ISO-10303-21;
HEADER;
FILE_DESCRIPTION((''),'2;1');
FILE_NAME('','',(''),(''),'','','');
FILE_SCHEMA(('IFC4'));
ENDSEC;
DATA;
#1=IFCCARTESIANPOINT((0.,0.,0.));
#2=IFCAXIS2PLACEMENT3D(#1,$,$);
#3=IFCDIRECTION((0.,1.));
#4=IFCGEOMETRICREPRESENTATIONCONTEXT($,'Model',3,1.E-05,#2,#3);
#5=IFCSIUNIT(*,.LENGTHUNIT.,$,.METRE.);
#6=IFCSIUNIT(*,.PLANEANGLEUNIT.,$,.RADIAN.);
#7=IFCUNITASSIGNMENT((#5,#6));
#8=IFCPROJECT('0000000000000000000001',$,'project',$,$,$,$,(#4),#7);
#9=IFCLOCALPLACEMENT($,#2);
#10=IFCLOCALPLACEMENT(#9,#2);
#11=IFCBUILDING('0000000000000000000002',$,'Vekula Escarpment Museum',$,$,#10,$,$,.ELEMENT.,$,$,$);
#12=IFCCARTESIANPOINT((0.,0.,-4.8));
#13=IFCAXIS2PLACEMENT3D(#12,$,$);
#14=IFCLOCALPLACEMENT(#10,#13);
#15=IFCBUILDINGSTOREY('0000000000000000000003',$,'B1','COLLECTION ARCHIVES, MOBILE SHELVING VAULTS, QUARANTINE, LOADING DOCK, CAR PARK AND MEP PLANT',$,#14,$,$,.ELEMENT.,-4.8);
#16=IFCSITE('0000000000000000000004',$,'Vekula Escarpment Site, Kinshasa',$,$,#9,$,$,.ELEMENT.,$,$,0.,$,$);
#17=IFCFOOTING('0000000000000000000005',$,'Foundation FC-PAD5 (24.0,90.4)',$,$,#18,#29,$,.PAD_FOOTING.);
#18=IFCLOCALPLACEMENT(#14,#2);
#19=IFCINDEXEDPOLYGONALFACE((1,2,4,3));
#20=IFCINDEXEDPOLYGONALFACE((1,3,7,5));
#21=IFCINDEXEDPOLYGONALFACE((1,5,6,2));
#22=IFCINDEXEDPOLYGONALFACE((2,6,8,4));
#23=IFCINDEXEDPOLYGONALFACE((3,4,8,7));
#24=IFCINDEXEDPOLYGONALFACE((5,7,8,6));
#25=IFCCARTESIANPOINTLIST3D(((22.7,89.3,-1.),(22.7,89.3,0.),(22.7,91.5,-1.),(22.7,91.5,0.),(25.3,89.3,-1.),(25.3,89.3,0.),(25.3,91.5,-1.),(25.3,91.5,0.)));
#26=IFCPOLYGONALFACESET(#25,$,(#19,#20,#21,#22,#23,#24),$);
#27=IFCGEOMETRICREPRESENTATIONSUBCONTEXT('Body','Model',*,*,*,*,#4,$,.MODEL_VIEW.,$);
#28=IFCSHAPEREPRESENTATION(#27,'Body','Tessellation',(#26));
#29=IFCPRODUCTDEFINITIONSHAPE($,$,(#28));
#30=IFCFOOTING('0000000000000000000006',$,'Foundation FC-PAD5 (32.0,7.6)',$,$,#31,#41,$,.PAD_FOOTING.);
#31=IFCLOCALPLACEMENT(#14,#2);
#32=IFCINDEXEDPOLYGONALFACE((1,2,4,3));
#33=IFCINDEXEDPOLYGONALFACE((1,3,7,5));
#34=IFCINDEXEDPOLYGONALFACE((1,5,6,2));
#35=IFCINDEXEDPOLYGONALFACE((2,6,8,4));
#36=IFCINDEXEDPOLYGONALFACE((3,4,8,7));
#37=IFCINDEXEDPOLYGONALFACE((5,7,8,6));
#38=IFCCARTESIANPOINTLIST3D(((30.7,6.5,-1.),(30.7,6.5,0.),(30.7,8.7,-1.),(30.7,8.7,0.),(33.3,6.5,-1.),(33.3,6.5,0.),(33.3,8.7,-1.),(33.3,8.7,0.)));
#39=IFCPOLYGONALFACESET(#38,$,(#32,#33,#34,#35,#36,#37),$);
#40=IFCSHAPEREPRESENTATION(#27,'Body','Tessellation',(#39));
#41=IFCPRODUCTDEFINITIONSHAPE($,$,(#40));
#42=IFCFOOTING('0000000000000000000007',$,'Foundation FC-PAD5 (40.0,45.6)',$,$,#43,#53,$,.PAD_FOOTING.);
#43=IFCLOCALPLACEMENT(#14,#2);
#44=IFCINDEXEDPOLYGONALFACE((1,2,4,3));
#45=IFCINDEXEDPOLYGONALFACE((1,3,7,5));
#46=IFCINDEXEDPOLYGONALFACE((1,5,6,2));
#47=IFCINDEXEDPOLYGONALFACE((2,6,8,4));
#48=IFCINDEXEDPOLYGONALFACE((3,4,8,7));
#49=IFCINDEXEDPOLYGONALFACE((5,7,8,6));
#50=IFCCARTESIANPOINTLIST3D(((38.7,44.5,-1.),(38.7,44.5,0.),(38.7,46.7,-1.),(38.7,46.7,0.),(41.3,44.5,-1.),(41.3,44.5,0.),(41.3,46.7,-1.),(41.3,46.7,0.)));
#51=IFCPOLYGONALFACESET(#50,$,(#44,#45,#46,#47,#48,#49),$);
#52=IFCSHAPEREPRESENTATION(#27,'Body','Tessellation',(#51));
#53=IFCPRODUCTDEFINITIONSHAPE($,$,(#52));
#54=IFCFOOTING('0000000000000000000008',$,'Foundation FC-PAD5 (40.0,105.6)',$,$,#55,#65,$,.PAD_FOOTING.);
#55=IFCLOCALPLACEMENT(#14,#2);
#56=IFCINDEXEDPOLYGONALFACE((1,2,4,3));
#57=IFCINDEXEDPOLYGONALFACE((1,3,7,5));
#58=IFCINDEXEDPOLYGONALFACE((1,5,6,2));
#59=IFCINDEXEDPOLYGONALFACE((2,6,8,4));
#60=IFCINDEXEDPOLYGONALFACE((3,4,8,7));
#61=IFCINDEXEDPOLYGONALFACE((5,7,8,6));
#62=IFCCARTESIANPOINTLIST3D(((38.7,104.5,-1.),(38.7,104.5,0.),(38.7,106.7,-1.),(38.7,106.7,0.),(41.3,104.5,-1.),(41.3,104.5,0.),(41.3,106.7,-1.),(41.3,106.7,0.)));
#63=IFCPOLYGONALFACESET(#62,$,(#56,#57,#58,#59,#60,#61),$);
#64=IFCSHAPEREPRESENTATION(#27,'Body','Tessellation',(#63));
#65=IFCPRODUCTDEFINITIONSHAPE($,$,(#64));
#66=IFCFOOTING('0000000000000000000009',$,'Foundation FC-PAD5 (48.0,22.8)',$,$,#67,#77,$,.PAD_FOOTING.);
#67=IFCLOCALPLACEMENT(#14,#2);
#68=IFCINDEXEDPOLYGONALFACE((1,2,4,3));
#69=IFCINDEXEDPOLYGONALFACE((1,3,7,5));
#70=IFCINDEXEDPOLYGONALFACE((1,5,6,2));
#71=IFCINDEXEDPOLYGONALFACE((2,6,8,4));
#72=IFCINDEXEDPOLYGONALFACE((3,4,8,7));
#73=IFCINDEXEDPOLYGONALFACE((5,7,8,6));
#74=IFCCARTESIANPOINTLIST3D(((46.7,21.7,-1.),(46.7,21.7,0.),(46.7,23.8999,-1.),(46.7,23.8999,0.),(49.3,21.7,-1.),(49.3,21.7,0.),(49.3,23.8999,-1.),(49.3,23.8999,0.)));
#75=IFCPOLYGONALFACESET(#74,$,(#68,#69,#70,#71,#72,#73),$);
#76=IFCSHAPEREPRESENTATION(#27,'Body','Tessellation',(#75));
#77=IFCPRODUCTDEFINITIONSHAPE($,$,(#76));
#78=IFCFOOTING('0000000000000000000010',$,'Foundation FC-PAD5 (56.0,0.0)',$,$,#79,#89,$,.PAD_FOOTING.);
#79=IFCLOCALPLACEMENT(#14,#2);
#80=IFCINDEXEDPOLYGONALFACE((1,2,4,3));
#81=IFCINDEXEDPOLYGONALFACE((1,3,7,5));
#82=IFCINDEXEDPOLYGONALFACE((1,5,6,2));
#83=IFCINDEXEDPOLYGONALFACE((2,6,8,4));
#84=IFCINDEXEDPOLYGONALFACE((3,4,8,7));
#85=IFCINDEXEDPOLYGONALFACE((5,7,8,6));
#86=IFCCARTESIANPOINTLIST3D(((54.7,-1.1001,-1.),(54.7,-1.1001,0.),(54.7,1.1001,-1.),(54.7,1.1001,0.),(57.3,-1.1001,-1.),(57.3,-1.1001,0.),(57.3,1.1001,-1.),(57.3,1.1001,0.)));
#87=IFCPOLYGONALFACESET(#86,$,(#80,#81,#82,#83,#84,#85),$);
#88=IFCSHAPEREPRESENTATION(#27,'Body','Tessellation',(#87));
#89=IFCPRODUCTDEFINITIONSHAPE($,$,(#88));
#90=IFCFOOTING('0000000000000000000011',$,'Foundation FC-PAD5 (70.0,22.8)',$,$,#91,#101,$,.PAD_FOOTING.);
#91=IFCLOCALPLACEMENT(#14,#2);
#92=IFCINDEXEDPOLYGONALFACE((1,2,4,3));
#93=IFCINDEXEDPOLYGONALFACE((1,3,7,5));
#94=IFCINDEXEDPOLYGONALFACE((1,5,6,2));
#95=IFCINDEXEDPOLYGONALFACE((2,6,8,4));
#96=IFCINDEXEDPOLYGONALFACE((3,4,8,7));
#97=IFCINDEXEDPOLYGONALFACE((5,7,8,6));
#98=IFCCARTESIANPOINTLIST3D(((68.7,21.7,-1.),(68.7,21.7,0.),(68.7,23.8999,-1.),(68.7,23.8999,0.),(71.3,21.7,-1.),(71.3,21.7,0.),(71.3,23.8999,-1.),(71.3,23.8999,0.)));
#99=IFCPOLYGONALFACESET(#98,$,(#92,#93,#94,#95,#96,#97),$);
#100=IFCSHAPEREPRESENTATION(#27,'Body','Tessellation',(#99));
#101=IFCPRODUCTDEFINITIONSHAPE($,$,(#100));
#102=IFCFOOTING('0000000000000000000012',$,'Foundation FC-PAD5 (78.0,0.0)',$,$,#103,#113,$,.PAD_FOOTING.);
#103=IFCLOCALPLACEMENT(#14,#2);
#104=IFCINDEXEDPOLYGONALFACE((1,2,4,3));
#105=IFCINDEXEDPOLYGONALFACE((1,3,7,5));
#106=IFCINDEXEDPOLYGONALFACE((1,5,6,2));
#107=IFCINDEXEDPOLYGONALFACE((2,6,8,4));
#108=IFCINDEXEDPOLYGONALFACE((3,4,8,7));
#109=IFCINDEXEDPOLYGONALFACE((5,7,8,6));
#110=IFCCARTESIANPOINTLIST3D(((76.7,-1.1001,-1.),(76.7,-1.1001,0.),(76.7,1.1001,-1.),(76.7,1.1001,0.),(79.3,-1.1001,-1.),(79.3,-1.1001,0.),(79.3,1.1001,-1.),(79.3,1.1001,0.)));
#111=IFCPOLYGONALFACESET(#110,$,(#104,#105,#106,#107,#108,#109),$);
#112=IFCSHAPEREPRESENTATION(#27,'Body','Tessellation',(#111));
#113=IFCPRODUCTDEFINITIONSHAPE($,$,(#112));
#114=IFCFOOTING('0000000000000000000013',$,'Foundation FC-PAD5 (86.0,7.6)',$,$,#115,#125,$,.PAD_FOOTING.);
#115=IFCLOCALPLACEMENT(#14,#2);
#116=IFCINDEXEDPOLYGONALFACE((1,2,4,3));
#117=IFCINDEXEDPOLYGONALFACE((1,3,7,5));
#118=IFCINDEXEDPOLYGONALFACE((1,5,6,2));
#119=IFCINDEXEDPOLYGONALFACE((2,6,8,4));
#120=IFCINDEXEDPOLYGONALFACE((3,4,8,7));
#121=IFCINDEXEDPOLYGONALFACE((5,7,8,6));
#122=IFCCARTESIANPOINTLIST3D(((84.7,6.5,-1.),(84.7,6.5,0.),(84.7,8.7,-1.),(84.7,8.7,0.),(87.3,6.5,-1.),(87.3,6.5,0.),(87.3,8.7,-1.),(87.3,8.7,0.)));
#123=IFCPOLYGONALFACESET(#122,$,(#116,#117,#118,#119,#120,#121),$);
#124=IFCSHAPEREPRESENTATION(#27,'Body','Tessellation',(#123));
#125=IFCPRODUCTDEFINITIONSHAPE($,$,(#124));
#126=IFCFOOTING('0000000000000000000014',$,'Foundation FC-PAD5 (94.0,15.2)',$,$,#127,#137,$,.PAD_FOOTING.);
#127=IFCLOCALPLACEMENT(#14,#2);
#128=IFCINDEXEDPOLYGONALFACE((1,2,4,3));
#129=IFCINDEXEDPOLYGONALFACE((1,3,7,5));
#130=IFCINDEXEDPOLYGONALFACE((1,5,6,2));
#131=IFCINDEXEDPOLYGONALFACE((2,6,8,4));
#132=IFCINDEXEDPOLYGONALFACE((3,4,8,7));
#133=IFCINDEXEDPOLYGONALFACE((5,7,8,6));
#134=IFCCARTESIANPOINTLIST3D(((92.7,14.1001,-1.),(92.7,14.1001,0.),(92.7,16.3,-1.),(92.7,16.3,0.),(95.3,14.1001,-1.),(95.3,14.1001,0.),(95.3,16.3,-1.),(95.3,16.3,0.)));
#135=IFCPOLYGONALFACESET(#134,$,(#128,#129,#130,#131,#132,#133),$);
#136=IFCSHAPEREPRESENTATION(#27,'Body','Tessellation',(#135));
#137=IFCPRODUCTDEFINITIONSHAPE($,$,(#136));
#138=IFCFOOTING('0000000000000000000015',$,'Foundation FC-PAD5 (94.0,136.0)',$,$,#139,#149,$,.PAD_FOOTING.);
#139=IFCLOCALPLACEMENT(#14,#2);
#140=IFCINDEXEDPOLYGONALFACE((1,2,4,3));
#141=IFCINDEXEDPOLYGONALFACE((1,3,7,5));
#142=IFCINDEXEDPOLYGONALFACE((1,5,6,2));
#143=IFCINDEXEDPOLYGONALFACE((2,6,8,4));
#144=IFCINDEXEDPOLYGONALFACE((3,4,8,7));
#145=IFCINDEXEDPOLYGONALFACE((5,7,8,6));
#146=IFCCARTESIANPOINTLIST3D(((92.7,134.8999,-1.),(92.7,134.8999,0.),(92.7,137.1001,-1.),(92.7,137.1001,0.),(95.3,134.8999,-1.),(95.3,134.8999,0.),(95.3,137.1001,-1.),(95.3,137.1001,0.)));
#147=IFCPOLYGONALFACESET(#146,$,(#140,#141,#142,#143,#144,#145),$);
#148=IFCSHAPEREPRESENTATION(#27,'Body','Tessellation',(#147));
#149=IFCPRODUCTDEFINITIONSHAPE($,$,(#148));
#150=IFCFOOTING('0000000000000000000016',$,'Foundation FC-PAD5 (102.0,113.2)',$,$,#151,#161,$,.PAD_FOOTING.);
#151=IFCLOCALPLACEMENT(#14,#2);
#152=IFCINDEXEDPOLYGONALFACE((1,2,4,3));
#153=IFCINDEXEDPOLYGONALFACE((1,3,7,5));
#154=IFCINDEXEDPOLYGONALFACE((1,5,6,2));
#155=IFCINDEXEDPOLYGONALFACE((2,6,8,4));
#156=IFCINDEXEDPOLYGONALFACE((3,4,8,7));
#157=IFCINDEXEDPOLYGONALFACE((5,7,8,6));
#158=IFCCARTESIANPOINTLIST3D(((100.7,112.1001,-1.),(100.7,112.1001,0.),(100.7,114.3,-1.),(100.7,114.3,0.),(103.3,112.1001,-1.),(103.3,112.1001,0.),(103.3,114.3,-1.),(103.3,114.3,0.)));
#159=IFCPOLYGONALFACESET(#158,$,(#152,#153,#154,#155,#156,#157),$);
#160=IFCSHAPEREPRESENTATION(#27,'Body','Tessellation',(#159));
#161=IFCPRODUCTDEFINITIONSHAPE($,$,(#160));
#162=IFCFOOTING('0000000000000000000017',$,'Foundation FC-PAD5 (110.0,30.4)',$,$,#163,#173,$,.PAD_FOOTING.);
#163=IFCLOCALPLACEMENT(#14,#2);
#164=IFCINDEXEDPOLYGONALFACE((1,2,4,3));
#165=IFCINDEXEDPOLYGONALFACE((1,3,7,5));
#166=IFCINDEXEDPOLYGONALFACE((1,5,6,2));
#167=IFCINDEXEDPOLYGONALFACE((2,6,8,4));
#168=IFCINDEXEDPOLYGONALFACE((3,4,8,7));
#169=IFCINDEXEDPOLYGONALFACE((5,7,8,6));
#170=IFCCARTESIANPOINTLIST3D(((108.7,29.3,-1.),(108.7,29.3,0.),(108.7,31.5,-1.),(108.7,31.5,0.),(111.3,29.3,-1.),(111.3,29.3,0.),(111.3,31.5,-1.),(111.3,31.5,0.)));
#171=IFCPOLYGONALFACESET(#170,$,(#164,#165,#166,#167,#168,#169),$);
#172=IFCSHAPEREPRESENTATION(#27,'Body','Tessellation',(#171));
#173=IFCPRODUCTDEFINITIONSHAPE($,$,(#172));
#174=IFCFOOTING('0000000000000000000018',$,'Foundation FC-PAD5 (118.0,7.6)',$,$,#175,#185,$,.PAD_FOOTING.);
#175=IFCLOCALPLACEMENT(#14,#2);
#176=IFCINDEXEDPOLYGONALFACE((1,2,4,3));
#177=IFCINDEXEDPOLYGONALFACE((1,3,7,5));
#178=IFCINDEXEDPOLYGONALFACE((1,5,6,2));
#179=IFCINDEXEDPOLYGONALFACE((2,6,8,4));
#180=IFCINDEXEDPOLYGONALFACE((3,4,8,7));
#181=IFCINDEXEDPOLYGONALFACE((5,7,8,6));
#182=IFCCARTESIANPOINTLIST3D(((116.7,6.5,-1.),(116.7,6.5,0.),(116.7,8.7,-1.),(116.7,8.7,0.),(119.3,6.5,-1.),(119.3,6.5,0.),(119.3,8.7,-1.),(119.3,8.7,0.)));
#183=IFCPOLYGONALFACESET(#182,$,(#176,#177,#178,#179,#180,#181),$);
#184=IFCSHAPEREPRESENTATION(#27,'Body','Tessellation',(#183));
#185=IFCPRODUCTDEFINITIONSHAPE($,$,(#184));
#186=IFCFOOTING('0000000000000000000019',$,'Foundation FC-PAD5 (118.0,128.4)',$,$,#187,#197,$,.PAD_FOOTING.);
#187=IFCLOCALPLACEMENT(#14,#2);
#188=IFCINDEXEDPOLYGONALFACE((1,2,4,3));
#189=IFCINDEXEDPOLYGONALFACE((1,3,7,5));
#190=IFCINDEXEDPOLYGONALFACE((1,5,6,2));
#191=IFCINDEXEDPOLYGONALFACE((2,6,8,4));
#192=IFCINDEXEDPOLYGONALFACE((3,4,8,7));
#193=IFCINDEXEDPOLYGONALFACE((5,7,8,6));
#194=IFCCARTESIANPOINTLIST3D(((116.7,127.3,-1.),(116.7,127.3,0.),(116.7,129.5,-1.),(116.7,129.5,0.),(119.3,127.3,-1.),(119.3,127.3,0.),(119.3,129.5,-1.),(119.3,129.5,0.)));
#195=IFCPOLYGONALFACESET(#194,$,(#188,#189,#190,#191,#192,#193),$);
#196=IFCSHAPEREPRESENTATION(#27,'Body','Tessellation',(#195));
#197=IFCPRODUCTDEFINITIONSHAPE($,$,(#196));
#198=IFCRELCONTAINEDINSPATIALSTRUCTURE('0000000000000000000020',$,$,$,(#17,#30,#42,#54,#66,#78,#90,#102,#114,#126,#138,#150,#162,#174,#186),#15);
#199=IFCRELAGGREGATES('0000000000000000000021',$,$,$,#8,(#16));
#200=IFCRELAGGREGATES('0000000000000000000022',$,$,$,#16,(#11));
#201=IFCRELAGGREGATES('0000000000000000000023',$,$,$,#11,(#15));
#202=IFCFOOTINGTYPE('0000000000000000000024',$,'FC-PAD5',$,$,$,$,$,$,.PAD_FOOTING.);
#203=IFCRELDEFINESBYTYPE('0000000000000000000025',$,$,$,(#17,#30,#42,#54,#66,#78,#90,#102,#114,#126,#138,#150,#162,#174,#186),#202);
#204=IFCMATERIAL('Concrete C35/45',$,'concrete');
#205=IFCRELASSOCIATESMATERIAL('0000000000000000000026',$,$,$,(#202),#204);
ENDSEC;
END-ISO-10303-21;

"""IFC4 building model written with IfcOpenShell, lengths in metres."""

from ifc_helpers import new_model, si_unit, direction, frame, origin, place, context, subcontext, project, spatial, polyline, outline, extrude, material, type_object, element, save


model = new_model("IFC4")

# Units and contexts
model_context = context("Model", 3, precision=1e-05, world=origin(), true_north=direction((0.0, 1.0)))
body_context = subcontext(model_context, "Body", "Model", "MODEL_VIEW")
ifc_project = project(units=[si_unit("LENGTHUNIT", "METRE"), si_unit("PLANEANGLEUNIT", "RADIAN")], contexts=[model_context])

# Site, building, storey
site_placement = place(None, origin())
site = spatial("IfcSite", under=ifc_project, at=site_placement, Name="Vekula Escarpment Site, Kinshasa", CompositionType="ELEMENT", RefElevation=0.0)
building_placement = place(site_placement, origin())
building = spatial("IfcBuilding", under=site, at=building_placement, Name="Vekula Escarpment Museum", CompositionType="ELEMENT")
storey_placement = place(building_placement, frame((0.0, 0.0, -4.8)))
storey = spatial("IfcBuildingStorey", under=building, at=storey_placement, Name="B1", Description="COLLECTION ARCHIVES, MOBILE SHELVING VAULTS, QUARANTINE, LOADING DOCK, CAR PARK AND MEP PLANT", CompositionType="ELEMENT", Elevation=-4.8)

# Footings
ifc_material = material(Name="Concrete C35/45", Category="concrete")
footing_type = type_object("IfcFootingType", Name="FC-PAD5", PredefinedType="PAD_FOOTING", material=ifc_material)
footing_1_placement = place(storey_placement, frame((0.0, 0.0, -1.0)))
element("IfcFooting", 1, at=footing_1_placement, inside=storey, type_object=footing_type, Name="Foundation FC-PAD5 (24.0,90.4)", PredefinedType="PAD_FOOTING", context=body_context, shape_type="SweptSolid", body=[
    extrude(outline(polyline([(22.7, 89.3), (25.3, 89.3), (25.3, 91.5), (22.7, 91.5), (22.7, 89.3)])), origin(), (0.0, 0.0, 1.0), 1.0),
])
footing_2_placement = place(storey_placement, frame((0.0, 0.0, -1.0)))
element("IfcFooting", 2, at=footing_2_placement, inside=storey, type_object=footing_type, Name="Foundation FC-PAD5 (32.0,7.6)", PredefinedType="PAD_FOOTING", context=body_context, shape_type="SweptSolid", body=[
    extrude(outline(polyline([(30.7, 6.5), (33.3, 6.5), (33.3, 8.7), (30.7, 8.7), (30.7, 6.5)])), origin(), (0.0, 0.0, 1.0), 1.0),
])
footing_3_placement = place(storey_placement, frame((0.0, 0.0, -1.0)))
element("IfcFooting", 3, at=footing_3_placement, inside=storey, type_object=footing_type, Name="Foundation FC-PAD5 (40.0,45.6)", PredefinedType="PAD_FOOTING", context=body_context, shape_type="SweptSolid", body=[
    extrude(outline(polyline([(38.7, 44.5), (41.3, 44.5), (41.3, 46.7), (38.7, 46.7), (38.7, 44.5)])), origin(), (0.0, 0.0, 1.0), 1.0),
])
footing_4_placement = place(storey_placement, frame((0.0, 0.0, -1.0)))
element("IfcFooting", 4, at=footing_4_placement, inside=storey, type_object=footing_type, Name="Foundation FC-PAD5 (40.0,105.6)", PredefinedType="PAD_FOOTING", context=body_context, shape_type="SweptSolid", body=[
    extrude(outline(polyline([(38.7, 104.5), (41.3, 104.5), (41.3, 106.7), (38.7, 106.7), (38.7, 104.5)])), origin(), (0.0, 0.0, 1.0), 1.0),
])
footing_5_placement = place(storey_placement, frame((0.0, 0.0, -1.0)))
element("IfcFooting", 5, at=footing_5_placement, inside=storey, type_object=footing_type, Name="Foundation FC-PAD5 (48.0,22.8)", PredefinedType="PAD_FOOTING", context=body_context, shape_type="SweptSolid", body=[
    extrude(outline(polyline([(46.7, 21.7), (49.3, 21.7), (49.3, 23.8999), (46.7, 23.8999), (46.7, 21.7)])), origin(), (0.0, 0.0, 1.0), 1.0),
])
footing_6_placement = place(storey_placement, frame((0.0, 0.0, -1.0)))
element("IfcFooting", 6, at=footing_6_placement, inside=storey, type_object=footing_type, Name="Foundation FC-PAD5 (56.0,0.0)", PredefinedType="PAD_FOOTING", context=body_context, shape_type="SweptSolid", body=[
    extrude(outline(polyline([(54.7, -1.1001), (57.3, -1.1001), (57.3, 1.1001), (54.7, 1.1001), (54.7, -1.1001)])), origin(), (0.0, 0.0, 1.0), 1.0),
])
footing_7_placement = place(storey_placement, frame((0.0, 0.0, -1.0)))
element("IfcFooting", 7, at=footing_7_placement, inside=storey, type_object=footing_type, Name="Foundation FC-PAD5 (70.0,22.8)", PredefinedType="PAD_FOOTING", context=body_context, shape_type="SweptSolid", body=[
    extrude(outline(polyline([(68.7, 21.7), (71.3, 21.7), (71.3, 23.8999), (68.7, 23.8999), (68.7, 21.7)])), origin(), (0.0, 0.0, 1.0), 1.0),
])
footing_8_placement = place(storey_placement, frame((0.0, 0.0, -1.0)))
element("IfcFooting", 8, at=footing_8_placement, inside=storey, type_object=footing_type, Name="Foundation FC-PAD5 (78.0,0.0)", PredefinedType="PAD_FOOTING", context=body_context, shape_type="SweptSolid", body=[
    extrude(outline(polyline([(76.7, -1.1001), (79.3, -1.1001), (79.3, 1.1001), (76.7, 1.1001), (76.7, -1.1001)])), origin(), (0.0, 0.0, 1.0), 1.0),
])
footing_9_placement = place(storey_placement, frame((0.0, 0.0, -1.0)))
element("IfcFooting", 9, at=footing_9_placement, inside=storey, type_object=footing_type, Name="Foundation FC-PAD5 (86.0,7.6)", PredefinedType="PAD_FOOTING", context=body_context, shape_type="SweptSolid", body=[
    extrude(outline(polyline([(84.7, 6.5), (87.3, 6.5), (87.3, 8.7), (84.7, 8.7), (84.7, 6.5)])), origin(), (0.0, 0.0, 1.0), 1.0),
])
footing_10_placement = place(storey_placement, frame((0.0, 0.0, -1.0)))
element("IfcFooting", 10, at=footing_10_placement, inside=storey, type_object=footing_type, Name="Foundation FC-PAD5 (94.0,15.2)", PredefinedType="PAD_FOOTING", context=body_context, shape_type="SweptSolid", body=[
    extrude(outline(polyline([(92.7, 14.1001), (95.3, 14.1001), (95.3, 16.3), (92.7, 16.3), (92.7, 14.1001)])), origin(), (0.0, 0.0, 1.0), 1.0),
])
footing_11_placement = place(storey_placement, frame((0.0, 0.0, -1.0)))
element("IfcFooting", 11, at=footing_11_placement, inside=storey, type_object=footing_type, Name="Foundation FC-PAD5 (94.0,136.0)", PredefinedType="PAD_FOOTING", context=body_context, shape_type="SweptSolid", body=[
    extrude(outline(polyline([(92.7, 134.8999), (95.3, 134.8999), (95.3, 137.1001), (92.7, 137.1001), (92.7, 134.8999)])), origin(), (0.0, 0.0, 1.0), 1.0),
])
footing_12_placement = place(storey_placement, frame((0.0, 0.0, -1.0)))
element("IfcFooting", 12, at=footing_12_placement, inside=storey, type_object=footing_type, Name="Foundation FC-PAD5 (102.0,113.2)", PredefinedType="PAD_FOOTING", context=body_context, shape_type="SweptSolid", body=[
    extrude(outline(polyline([(100.7, 112.1001), (103.3, 112.1001), (103.3, 114.3), (100.7, 114.3), (100.7, 112.1001)])), origin(), (0.0, 0.0, 1.0), 1.0),
])
footing_13_placement = place(storey_placement, frame((0.0, 0.0, -1.0)))
element("IfcFooting", 13, at=footing_13_placement, inside=storey, type_object=footing_type, Name="Foundation FC-PAD5 (110.0,30.4)", PredefinedType="PAD_FOOTING", context=body_context, shape_type="SweptSolid", body=[
    extrude(outline(polyline([(108.7, 29.3), (111.3, 29.3), (111.3, 31.5), (108.7, 31.5), (108.7, 29.3)])), origin(), (0.0, 0.0, 1.0), 1.0),
])
footing_14_placement = place(storey_placement, frame((0.0, 0.0, -1.0)))
element("IfcFooting", 14, at=footing_14_placement, inside=storey, type_object=footing_type, Name="Foundation FC-PAD5 (118.0,7.6)", PredefinedType="PAD_FOOTING", context=body_context, shape_type="SweptSolid", body=[
    extrude(outline(polyline([(116.7, 6.5), (119.3, 6.5), (119.3, 8.7), (116.7, 8.7), (116.7, 6.5)])), origin(), (0.0, 0.0, 1.0), 1.0),
])
footing_15_placement = place(storey_placement, frame((0.0, 0.0, -1.0)))
element("IfcFooting", 15, at=footing_15_placement, inside=storey, type_object=footing_type, Name="Foundation FC-PAD5 (118.0,128.4)", PredefinedType="PAD_FOOTING", context=body_context, shape_type="SweptSolid", body=[
    extrude(outline(polyline([(116.7, 127.3), (119.3, 127.3), (119.3, 129.5), (116.7, 129.5), (116.7, 127.3)])), origin(), (0.0, 0.0, 1.0), 1.0),
])

save(model, "model.ifc")
